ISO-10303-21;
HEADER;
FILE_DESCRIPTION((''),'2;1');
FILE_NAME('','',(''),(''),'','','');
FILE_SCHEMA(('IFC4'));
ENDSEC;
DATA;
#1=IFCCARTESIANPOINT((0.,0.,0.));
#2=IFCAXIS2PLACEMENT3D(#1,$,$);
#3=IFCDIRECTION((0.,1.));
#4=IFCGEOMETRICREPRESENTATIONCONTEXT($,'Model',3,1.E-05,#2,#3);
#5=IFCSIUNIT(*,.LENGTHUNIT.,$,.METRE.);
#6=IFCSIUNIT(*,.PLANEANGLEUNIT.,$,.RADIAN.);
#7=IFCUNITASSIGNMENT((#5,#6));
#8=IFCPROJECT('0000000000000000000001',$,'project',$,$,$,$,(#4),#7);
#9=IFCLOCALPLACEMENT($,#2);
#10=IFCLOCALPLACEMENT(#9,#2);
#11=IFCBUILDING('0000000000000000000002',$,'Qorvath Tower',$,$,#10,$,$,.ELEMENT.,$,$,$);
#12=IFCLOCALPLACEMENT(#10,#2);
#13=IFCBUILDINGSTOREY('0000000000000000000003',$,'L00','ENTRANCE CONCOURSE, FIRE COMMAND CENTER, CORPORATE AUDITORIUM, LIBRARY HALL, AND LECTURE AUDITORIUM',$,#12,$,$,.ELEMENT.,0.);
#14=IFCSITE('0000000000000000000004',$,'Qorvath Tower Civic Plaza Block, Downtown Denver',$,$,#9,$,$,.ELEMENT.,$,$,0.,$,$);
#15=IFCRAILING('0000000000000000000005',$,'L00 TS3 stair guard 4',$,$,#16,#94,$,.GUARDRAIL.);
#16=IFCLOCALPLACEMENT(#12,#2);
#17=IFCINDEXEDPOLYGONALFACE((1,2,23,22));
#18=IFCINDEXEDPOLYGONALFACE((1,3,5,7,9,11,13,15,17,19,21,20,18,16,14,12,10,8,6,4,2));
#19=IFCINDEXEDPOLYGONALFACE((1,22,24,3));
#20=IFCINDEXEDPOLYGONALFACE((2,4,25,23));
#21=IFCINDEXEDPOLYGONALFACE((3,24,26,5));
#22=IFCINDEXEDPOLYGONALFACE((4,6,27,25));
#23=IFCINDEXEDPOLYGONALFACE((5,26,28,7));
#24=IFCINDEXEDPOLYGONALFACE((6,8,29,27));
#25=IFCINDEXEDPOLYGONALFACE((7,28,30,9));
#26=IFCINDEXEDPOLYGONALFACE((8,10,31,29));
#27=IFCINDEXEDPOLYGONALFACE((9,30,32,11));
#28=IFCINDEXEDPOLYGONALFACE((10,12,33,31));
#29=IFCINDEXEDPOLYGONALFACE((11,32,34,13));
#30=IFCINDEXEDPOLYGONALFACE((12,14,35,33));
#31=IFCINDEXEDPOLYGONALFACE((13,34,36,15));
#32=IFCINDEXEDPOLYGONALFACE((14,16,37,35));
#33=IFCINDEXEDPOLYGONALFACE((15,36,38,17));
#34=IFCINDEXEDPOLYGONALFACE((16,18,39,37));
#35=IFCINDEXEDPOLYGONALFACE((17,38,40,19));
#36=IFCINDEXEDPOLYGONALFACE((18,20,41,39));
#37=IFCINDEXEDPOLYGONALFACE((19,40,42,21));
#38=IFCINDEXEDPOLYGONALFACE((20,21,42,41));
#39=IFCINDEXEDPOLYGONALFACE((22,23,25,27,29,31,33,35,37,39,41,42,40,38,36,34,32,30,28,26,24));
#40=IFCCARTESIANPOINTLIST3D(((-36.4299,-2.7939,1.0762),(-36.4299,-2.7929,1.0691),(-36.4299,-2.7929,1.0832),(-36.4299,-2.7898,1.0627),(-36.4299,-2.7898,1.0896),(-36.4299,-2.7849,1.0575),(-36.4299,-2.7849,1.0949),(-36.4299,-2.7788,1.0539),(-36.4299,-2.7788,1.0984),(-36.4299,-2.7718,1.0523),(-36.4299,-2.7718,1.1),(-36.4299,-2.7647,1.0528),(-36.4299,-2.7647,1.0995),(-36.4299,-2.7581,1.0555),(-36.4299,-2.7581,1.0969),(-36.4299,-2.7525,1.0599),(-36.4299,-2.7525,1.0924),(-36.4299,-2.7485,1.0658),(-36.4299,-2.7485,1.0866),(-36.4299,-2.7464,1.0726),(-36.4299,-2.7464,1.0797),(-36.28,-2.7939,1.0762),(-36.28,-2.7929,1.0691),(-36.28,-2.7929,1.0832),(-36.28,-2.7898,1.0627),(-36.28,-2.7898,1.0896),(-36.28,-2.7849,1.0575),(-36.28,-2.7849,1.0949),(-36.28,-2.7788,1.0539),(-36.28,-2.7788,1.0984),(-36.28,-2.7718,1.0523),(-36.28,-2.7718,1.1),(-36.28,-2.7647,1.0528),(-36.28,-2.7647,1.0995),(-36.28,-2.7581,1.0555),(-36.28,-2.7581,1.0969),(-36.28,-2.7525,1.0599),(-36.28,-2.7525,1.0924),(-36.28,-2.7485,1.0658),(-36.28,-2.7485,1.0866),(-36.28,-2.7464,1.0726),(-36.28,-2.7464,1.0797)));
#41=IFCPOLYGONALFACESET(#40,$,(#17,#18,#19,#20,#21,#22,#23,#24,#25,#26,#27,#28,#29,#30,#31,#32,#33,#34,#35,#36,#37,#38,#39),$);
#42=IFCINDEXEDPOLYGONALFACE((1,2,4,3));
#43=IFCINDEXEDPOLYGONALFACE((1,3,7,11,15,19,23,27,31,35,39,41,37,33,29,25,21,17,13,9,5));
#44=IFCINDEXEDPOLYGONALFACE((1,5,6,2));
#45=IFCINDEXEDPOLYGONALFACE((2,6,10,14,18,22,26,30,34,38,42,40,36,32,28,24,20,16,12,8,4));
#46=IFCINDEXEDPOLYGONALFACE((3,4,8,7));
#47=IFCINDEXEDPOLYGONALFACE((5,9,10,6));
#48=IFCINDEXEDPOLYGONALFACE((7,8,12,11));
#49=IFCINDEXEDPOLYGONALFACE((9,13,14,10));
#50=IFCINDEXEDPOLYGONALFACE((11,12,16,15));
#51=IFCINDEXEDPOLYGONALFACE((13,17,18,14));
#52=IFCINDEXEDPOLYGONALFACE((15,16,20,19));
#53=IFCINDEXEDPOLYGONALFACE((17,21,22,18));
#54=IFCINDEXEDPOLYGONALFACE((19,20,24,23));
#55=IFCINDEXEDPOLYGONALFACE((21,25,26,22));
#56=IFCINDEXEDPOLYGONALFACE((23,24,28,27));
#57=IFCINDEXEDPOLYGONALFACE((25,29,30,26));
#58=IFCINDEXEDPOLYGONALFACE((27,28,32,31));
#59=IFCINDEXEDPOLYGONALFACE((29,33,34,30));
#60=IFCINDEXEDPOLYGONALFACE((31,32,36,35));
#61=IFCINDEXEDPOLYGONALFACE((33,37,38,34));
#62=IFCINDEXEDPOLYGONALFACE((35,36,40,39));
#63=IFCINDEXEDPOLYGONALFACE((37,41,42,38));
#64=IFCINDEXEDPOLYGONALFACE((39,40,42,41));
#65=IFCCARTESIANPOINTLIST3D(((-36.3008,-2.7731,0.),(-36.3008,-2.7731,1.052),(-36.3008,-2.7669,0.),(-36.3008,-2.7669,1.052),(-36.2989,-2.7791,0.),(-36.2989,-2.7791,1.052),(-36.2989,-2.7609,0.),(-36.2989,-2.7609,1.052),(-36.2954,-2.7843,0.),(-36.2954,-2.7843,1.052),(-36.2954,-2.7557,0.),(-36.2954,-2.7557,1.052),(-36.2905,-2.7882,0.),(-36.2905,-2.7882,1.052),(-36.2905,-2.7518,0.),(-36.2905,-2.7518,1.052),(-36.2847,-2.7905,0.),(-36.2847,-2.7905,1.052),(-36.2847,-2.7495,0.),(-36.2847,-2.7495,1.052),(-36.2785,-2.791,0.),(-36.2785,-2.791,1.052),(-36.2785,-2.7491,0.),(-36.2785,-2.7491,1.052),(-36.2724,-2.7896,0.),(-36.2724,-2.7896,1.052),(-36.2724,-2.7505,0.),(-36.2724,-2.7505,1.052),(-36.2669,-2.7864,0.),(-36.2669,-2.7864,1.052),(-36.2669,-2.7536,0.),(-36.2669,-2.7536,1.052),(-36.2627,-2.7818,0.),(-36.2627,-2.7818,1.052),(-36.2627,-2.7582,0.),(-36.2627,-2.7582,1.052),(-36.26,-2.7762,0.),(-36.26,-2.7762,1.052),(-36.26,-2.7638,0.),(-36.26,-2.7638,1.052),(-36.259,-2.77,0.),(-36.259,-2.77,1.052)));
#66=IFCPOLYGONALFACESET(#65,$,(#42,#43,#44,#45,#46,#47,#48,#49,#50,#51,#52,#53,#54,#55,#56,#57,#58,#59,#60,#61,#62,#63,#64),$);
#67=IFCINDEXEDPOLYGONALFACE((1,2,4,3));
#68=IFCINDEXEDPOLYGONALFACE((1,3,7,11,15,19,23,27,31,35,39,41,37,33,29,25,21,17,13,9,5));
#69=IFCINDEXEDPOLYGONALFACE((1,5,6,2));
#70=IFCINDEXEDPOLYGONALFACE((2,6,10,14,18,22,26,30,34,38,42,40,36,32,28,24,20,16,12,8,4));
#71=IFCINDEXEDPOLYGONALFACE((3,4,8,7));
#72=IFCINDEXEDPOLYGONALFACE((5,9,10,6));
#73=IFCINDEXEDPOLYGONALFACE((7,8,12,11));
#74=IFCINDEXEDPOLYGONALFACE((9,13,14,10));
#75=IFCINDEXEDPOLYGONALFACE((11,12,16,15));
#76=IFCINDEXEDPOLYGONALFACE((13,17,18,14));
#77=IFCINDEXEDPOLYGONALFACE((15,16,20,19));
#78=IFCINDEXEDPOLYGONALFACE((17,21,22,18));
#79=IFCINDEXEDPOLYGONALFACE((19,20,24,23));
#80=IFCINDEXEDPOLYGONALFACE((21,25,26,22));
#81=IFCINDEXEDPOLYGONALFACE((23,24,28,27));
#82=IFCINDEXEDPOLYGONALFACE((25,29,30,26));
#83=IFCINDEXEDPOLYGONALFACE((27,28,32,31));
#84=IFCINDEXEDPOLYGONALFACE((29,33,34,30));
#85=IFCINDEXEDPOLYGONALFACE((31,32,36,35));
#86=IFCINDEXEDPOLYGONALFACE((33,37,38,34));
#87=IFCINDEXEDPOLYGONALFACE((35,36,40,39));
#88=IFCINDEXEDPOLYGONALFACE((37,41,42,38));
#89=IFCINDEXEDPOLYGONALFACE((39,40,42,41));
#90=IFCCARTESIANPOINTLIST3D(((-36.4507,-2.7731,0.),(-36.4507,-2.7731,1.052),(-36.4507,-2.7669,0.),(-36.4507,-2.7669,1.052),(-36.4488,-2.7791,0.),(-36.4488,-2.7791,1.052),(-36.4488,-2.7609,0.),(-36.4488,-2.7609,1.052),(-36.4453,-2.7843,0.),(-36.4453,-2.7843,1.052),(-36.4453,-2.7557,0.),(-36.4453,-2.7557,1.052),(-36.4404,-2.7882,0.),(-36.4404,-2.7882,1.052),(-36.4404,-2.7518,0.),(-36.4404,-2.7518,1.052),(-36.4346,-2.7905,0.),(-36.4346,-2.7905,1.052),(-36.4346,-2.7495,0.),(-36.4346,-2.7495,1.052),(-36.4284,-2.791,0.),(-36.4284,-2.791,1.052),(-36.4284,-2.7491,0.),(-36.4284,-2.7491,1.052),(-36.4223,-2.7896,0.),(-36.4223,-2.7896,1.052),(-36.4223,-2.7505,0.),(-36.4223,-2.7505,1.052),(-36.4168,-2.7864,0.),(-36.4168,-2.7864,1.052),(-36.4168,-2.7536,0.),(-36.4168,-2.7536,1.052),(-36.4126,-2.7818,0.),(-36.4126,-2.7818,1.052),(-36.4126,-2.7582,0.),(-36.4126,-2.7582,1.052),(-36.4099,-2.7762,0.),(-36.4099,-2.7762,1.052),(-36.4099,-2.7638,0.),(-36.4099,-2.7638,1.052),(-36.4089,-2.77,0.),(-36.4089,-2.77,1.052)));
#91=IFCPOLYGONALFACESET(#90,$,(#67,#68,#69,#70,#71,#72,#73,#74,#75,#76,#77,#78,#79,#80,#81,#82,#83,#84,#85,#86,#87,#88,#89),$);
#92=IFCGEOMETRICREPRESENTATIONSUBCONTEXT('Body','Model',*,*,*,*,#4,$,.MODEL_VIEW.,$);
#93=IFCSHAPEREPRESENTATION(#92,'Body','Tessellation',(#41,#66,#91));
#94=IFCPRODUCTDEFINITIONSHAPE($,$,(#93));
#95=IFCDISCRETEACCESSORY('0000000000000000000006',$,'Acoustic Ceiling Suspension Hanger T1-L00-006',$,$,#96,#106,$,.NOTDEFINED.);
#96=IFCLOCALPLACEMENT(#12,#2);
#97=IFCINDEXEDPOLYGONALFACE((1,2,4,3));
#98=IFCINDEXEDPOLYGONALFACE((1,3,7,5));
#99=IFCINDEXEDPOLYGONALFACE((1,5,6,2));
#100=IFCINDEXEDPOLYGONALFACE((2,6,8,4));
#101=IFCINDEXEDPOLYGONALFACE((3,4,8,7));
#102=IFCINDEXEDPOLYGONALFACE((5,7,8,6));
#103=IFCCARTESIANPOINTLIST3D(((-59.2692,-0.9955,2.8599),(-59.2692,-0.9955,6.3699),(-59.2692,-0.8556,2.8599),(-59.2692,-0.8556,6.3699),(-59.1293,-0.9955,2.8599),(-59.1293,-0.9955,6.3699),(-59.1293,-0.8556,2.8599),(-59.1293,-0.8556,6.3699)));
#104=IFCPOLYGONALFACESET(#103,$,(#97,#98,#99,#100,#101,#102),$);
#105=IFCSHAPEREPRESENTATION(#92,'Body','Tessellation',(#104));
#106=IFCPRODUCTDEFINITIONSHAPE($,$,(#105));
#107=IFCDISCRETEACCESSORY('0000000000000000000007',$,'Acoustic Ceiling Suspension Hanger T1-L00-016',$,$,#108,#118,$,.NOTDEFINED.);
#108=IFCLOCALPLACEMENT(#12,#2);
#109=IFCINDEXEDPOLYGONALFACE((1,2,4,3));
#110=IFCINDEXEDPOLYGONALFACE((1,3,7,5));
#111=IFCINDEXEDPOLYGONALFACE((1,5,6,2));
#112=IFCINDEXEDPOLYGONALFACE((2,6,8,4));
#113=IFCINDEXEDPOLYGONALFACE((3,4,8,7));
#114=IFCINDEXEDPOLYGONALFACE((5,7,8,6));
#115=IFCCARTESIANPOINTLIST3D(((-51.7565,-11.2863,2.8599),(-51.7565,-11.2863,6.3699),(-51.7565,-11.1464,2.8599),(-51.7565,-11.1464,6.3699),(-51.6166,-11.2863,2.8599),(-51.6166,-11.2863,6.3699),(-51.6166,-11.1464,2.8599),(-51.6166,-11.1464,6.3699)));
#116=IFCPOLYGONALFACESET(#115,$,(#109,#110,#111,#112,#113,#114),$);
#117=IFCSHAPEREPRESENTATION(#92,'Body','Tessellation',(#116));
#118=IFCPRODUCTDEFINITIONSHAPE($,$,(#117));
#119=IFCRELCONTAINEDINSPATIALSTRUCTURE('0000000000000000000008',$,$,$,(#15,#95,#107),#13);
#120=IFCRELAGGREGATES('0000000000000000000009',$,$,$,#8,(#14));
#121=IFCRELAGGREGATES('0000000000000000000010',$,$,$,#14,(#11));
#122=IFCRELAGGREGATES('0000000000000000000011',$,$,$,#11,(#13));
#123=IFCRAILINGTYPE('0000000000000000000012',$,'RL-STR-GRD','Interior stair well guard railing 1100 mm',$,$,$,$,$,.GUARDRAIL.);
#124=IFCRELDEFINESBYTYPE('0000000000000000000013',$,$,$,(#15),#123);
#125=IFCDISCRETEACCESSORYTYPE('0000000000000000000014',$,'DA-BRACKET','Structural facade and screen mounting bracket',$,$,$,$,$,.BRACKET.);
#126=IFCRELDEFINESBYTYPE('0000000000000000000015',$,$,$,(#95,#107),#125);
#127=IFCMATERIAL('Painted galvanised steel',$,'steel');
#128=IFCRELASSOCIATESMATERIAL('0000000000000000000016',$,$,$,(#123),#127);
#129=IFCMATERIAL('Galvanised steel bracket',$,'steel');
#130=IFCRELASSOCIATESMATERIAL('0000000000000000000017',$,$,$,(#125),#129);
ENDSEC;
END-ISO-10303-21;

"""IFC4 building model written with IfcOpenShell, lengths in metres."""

from ifc_helpers import new_model, si_unit, direction, frame, origin, origin_2d, place, context, subcontext, project, spatial, rectangle, circle, extrude, material, type_object, element, save


model = new_model("IFC4")

# Units and contexts
model_context = context("Model", 3, precision=1e-05, world=origin(), true_north=direction((0.0, 1.0)))
body_context = subcontext(model_context, "Body", "Model", "MODEL_VIEW")
ifc_project = project(units=[si_unit("LENGTHUNIT", "METRE"), si_unit("PLANEANGLEUNIT", "RADIAN")], contexts=[model_context])

# Site, building, storey
site_placement = place(None, origin())
site = spatial("IfcSite", under=ifc_project, at=site_placement, Name="Qorvath Tower Civic Plaza Block, Downtown Denver", CompositionType="ELEMENT", RefElevation=0.0)
building_placement = place(site_placement, origin())
building = spatial("IfcBuilding", under=site, at=building_placement, Name="Qorvath Tower", CompositionType="ELEMENT")
storey_placement = place(building_placement, origin())
storey = spatial("IfcBuildingStorey", under=building, at=storey_placement, Name="L00", Description="ENTRANCE CONCOURSE, FIRE COMMAND CENTER, CORPORATE AUDITORIUM, LIBRARY HALL, AND LECTURE AUDITORIUM", CompositionType="ELEMENT", Elevation=0.0)

# Railing
ifc_material_1 = material(Name="Painted galvanised steel", Category="steel")
railing_type = type_object("IfcRailingType", Name="RL-STR-GRD", Description="Interior stair well guard railing 1100 mm", PredefinedType="GUARDRAIL", material=ifc_material_1)
railing_1_placement = place(storey_placement, frame((-36.28, -2.77, 0.0)))
element("IfcRailing", 1, at=railing_1_placement, inside=storey, type_object=railing_type, Name="L00 TS3 stair guard 4", PredefinedType="GUARDRAIL", context=body_context, shape_type="SweptSolid", body=[
    extrude(circle(Radius=0.0239, at=origin_2d()), frame((0.0, 0.0, 1.0762), z_axis=(-1.0, 0.0, 0.0), x_axis=(0.0, -1.0, 0.0)), (0.0, 0.0, 1.0), 0.1499),
    extrude(circle(Radius=0.021, at=origin_2d()), origin(), (0.0, 0.0, 1.0), 1.052),
    extrude(circle(Radius=0.021, at=origin_2d()), frame((-0.1499, 0.0, 0.0)), (0.0, 0.0, 1.0), 1.052),
])

# Discrete accessories
ifc_material_2 = material(Name="Galvanised steel bracket", Category="steel")
discrete_accessory_type = type_object("IfcDiscreteAccessoryType", Name="DA-BRACKET", Description="Structural facade and screen mounting bracket", PredefinedType="BRACKET", material=ifc_material_2)
for number, where, z_axis, x_axis, name in (
    (2, (-59.1992, -0.9255, 2.8599), (0.0, 0.0, 1.0), (1.0, 0.0, 0.0), "Acoustic Ceiling Suspension Hanger T1-L00-006"),
    (3, (-51.6865, -11.2163, 2.8599), (0.0, 0.0, 1.0), (1.0, 0.0, 0.0), "Acoustic Ceiling Suspension Hanger T1-L00-016"),
):
    element("IfcDiscreteAccessory", number, at=place(storey_placement, frame(where, z_axis=z_axis, x_axis=x_axis)), inside=storey, type_object=discrete_accessory_type, Name=name, PredefinedType="NOTDEFINED", context=body_context, shape_type="SweptSolid", body=[
        extrude(rectangle(XDim=0.1399, YDim=0.1399, at=origin_2d()), origin(), (0.0, 0.0, 1.0), 3.51),
    ])

save(model, "model.ifc")
